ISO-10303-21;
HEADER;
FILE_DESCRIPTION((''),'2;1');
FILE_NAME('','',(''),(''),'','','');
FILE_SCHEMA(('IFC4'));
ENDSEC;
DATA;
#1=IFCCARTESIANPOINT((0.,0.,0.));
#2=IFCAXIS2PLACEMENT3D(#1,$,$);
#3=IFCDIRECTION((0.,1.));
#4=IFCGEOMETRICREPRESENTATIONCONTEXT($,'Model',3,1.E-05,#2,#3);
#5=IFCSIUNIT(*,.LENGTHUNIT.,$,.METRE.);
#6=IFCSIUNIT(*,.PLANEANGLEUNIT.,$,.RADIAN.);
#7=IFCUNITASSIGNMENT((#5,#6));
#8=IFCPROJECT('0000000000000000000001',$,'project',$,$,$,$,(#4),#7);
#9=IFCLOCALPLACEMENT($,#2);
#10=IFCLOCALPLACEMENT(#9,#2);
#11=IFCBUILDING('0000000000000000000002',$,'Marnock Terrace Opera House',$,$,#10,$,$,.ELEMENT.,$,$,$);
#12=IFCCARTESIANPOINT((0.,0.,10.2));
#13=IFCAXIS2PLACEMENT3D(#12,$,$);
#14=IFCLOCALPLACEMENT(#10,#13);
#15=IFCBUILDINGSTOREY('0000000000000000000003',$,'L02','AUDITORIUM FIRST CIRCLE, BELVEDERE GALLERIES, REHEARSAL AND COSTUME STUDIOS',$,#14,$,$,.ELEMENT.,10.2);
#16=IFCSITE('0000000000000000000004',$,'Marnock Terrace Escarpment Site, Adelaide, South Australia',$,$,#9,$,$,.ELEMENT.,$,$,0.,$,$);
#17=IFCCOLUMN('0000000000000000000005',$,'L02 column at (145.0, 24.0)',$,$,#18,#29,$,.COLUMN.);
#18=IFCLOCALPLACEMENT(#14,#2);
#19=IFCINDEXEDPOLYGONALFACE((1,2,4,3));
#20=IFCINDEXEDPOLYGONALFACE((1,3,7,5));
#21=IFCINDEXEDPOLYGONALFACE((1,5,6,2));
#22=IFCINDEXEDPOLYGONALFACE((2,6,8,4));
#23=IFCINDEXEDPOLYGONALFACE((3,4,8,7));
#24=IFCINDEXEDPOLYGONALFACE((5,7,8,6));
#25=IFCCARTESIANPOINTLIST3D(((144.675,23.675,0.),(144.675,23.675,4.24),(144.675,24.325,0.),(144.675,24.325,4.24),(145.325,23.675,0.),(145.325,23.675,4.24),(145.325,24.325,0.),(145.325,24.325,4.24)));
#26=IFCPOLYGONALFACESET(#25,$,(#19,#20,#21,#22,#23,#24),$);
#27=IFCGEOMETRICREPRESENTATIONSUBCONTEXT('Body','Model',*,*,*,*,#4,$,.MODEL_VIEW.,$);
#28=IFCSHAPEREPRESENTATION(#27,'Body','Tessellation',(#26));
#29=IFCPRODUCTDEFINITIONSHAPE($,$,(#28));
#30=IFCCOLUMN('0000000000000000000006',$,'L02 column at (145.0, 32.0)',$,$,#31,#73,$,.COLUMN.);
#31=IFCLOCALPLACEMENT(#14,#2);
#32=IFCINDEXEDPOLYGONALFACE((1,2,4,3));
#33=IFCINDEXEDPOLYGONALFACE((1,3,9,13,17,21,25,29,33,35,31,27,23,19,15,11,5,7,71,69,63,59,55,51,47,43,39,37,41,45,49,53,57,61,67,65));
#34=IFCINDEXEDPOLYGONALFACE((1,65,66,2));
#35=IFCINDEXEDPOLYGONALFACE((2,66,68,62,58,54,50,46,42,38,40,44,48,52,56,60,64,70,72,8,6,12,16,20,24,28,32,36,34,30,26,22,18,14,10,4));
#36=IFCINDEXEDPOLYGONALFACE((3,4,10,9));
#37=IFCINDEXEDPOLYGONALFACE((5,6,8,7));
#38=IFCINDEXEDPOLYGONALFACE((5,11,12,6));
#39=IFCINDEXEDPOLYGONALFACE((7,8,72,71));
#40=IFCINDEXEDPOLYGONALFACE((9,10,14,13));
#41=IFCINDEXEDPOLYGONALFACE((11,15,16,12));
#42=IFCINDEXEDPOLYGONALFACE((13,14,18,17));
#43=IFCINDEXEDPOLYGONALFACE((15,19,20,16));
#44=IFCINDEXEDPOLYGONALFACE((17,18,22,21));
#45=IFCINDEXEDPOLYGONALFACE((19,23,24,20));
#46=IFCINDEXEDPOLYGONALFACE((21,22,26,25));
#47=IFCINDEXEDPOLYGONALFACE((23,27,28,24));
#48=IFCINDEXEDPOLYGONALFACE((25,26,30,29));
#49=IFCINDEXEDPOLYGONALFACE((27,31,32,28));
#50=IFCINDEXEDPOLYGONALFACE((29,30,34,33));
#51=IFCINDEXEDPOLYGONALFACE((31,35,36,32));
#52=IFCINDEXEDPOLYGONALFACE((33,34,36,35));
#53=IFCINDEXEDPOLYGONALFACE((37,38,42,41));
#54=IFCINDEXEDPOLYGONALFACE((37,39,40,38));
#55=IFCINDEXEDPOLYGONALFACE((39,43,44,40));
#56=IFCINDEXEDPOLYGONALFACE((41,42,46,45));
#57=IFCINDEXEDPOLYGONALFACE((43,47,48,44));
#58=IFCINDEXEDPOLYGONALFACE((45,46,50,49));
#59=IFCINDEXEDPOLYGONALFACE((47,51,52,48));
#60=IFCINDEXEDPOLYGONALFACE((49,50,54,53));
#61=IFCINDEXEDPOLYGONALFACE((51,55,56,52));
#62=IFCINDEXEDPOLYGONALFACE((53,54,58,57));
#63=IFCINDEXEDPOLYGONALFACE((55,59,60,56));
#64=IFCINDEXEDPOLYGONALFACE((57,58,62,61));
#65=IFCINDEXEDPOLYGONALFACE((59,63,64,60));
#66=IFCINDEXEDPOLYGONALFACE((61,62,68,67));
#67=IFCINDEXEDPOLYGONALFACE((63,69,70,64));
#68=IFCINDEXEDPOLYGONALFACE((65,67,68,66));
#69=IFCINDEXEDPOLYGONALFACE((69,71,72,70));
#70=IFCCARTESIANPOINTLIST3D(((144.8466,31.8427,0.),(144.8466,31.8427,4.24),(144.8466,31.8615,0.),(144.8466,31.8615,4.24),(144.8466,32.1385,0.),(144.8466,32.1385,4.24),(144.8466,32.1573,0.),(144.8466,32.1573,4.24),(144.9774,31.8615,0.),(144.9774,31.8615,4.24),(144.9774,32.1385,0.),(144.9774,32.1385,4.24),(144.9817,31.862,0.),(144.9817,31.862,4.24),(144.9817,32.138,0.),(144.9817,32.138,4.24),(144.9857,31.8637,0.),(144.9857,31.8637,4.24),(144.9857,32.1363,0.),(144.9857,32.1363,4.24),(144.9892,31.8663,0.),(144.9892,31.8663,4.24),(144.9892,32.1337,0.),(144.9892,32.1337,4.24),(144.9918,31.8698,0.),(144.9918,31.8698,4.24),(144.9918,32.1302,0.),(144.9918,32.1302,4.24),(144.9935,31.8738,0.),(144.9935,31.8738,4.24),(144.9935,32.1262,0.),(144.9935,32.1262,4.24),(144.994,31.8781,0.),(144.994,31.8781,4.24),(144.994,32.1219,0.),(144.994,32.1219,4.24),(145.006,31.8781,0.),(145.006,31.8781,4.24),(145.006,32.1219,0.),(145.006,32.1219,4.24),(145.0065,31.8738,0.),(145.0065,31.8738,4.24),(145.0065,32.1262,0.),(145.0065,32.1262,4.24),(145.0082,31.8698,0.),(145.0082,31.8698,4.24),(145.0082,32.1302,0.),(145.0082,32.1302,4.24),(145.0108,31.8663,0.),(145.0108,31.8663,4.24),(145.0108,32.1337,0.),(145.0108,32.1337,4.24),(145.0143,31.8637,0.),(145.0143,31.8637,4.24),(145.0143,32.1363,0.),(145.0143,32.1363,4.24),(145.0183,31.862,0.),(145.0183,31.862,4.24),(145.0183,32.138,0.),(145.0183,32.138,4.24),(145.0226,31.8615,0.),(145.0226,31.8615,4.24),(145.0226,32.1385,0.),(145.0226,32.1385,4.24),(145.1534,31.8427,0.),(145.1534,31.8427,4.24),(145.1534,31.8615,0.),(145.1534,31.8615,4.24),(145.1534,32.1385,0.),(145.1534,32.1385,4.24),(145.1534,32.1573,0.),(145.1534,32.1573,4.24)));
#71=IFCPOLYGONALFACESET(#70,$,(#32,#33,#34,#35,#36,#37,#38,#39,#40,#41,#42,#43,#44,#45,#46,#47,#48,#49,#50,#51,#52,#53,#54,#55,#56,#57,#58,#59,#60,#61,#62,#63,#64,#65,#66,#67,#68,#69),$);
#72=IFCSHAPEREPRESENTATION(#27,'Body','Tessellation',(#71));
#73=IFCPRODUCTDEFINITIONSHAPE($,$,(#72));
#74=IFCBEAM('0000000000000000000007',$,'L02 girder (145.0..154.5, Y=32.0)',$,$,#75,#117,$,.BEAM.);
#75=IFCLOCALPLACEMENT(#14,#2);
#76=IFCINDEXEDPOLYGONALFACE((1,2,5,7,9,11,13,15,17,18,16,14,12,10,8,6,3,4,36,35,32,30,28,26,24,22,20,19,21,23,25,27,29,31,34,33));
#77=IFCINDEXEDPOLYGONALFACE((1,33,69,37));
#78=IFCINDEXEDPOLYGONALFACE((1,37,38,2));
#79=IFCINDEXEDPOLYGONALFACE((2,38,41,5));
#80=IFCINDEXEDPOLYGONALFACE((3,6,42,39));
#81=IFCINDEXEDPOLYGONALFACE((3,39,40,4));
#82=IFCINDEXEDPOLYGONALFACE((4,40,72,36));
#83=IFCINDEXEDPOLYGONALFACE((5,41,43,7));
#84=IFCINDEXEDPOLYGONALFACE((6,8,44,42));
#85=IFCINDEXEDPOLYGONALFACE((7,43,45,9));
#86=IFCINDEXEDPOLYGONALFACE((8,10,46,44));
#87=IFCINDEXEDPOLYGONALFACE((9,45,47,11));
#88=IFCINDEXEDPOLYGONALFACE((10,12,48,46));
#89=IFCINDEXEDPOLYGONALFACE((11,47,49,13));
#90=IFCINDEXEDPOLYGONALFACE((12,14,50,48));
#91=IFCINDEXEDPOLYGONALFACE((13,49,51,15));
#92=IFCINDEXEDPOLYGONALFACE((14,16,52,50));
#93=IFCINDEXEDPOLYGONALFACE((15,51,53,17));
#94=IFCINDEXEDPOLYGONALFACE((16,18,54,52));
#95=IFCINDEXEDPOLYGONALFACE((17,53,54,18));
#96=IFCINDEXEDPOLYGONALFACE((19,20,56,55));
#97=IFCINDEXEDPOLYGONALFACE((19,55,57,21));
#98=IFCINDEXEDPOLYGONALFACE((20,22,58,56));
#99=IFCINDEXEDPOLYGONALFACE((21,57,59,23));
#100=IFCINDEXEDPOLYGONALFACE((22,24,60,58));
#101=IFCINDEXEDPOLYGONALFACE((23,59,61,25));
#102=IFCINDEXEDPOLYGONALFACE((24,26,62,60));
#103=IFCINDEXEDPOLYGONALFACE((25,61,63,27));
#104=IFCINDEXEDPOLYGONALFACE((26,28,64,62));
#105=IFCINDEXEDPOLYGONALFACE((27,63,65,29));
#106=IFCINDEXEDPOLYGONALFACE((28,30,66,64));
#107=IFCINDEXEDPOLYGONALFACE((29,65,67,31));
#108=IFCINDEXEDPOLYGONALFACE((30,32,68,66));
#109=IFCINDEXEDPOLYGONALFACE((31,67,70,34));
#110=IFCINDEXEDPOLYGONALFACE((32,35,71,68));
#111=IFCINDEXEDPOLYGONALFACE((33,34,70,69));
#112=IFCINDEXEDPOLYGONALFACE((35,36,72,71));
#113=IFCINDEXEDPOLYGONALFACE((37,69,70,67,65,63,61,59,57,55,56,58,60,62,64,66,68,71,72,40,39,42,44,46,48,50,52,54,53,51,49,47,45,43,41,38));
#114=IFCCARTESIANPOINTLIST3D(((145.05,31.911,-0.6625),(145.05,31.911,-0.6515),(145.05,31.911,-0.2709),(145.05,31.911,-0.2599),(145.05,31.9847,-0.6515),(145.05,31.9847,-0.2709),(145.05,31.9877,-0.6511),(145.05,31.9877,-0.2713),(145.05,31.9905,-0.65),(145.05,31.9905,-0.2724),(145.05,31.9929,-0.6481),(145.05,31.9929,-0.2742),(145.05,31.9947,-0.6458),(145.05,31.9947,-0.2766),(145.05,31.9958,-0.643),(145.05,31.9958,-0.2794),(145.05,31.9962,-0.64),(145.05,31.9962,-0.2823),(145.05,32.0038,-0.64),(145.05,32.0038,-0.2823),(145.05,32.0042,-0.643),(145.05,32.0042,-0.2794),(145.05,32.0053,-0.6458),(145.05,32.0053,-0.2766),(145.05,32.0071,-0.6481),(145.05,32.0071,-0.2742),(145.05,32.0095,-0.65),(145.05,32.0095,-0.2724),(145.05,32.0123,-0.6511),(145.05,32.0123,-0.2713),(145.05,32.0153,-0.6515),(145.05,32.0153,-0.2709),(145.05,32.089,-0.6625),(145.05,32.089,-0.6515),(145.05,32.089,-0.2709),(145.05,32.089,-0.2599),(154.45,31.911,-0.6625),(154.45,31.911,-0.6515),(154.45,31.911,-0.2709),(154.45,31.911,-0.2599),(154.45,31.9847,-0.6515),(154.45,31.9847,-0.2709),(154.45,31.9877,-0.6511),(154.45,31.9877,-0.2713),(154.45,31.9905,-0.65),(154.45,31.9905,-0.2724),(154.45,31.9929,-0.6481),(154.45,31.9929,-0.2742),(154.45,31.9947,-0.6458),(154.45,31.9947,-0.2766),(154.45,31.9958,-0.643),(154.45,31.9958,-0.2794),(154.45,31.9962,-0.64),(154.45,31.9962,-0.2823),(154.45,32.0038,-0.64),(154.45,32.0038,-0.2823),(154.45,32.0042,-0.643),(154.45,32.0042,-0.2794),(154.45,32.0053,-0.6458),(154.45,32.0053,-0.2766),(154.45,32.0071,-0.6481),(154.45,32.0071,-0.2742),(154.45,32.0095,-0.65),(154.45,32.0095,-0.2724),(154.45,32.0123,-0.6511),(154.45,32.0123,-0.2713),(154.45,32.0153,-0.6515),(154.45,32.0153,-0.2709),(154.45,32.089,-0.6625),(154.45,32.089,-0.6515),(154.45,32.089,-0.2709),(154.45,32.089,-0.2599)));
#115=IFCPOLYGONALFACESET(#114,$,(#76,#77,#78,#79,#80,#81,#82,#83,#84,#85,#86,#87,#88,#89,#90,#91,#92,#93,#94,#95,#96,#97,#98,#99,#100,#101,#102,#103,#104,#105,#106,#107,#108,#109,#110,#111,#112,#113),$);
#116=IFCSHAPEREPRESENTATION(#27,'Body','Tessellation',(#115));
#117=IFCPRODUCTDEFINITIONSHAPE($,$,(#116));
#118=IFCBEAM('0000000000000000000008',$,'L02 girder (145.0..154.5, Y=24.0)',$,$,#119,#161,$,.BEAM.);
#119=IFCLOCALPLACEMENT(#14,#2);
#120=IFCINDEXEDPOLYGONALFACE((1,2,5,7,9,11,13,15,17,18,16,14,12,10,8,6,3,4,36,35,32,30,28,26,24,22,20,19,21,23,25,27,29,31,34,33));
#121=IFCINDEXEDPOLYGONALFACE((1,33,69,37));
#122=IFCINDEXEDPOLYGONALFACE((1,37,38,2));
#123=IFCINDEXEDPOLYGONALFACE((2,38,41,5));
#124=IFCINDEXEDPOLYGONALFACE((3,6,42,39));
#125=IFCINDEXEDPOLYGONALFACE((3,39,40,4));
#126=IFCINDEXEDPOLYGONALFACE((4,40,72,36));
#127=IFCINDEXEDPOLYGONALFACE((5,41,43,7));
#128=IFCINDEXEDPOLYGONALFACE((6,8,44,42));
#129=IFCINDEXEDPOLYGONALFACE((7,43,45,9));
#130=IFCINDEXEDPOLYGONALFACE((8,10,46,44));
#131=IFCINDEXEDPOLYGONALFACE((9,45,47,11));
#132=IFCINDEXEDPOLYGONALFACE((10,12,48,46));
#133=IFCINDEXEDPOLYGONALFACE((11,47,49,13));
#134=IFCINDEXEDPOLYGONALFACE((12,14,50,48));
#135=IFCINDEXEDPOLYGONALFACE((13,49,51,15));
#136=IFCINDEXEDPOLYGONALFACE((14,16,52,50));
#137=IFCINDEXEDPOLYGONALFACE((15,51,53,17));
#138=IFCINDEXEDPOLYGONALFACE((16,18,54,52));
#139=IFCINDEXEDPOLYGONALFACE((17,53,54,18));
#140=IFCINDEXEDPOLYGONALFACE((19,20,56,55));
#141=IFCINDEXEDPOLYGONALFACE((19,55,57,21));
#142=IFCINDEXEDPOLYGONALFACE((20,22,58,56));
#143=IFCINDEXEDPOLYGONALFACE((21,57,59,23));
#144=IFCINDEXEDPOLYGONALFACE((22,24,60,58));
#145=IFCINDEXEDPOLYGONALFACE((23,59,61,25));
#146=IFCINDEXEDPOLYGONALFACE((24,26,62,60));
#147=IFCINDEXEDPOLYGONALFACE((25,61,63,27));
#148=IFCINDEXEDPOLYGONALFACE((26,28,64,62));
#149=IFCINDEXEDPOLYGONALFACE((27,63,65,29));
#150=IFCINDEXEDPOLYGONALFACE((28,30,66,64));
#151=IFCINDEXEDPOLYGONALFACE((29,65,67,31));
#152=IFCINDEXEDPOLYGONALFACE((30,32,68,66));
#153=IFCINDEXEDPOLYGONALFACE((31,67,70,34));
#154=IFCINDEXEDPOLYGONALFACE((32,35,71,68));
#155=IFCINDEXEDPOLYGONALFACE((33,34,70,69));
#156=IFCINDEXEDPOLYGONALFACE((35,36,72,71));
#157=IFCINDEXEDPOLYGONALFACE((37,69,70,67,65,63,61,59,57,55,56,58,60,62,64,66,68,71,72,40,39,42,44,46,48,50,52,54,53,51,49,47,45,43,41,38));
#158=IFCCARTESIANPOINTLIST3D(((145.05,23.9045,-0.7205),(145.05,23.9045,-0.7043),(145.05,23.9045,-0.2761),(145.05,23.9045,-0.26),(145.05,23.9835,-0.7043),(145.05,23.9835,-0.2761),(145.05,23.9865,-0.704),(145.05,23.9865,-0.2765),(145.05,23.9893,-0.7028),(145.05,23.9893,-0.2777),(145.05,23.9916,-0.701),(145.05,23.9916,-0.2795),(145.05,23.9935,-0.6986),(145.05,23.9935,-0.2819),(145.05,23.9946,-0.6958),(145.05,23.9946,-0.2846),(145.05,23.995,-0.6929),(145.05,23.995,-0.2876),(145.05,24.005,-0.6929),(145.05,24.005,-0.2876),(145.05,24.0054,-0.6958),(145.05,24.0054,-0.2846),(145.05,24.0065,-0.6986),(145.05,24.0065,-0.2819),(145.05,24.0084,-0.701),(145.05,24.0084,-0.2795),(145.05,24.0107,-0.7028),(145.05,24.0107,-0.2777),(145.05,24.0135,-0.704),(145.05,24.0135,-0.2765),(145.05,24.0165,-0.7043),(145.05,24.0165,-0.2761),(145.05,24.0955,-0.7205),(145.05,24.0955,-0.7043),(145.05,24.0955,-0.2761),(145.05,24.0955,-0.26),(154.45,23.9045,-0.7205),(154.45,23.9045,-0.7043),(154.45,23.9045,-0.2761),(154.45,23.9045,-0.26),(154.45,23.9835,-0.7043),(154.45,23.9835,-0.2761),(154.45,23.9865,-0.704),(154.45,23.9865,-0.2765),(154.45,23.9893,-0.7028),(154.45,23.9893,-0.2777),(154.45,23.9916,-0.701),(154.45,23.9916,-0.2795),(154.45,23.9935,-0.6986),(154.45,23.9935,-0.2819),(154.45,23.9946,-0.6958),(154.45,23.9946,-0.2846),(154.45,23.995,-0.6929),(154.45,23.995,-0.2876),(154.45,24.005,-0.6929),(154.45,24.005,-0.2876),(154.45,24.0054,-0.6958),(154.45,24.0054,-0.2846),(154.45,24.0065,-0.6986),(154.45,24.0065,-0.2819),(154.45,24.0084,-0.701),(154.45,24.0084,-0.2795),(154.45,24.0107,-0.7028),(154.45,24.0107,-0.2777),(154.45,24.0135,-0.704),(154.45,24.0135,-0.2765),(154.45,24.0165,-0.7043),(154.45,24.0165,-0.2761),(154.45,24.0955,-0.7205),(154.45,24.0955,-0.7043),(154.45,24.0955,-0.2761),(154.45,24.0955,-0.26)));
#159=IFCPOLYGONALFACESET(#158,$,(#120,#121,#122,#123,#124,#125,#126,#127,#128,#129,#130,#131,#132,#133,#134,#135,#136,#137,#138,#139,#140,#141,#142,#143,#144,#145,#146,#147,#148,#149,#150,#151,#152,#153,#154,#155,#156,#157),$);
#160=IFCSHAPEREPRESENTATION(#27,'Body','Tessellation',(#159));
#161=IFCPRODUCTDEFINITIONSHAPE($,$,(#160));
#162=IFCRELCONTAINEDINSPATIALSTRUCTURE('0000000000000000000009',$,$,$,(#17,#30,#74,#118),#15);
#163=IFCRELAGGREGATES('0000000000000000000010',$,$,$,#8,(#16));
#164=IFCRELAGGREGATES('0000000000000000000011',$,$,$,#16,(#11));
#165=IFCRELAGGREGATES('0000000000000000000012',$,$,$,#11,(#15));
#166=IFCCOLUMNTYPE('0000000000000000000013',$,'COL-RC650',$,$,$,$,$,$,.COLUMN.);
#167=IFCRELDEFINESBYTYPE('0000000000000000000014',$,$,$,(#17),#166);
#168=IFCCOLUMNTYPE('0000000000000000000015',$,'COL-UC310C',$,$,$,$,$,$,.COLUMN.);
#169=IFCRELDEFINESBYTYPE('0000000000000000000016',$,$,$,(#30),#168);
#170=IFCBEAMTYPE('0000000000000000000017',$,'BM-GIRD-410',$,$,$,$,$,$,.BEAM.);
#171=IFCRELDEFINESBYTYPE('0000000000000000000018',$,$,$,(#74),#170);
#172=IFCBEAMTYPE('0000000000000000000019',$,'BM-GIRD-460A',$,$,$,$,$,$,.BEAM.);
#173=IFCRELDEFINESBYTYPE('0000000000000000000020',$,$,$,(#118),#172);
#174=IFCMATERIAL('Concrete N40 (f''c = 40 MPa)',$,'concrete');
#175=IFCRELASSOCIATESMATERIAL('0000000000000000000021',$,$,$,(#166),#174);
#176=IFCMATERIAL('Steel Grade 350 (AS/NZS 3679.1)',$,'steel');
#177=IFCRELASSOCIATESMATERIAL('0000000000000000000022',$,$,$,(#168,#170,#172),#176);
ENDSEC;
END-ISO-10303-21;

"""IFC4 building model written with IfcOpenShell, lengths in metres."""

from ifc_helpers import new_model, si_unit, direction, frame, origin, origin_2d, place, context, subcontext, project, spatial, rectangle, i_section, extrude, material, material_profile, profile_set, type_object, element, save


model = new_model("IFC4")

# Units and contexts
model_context = context("Model", 3, precision=1e-05, world=origin(), true_north=direction((0.0, 1.0)))
body_context = subcontext(model_context, "Body", "Model", "MODEL_VIEW")
ifc_project = project(units=[si_unit("LENGTHUNIT", "METRE"), si_unit("PLANEANGLEUNIT", "RADIAN")], contexts=[model_context])

# Site, building, storey
site_placement = place(None, origin())
site = spatial("IfcSite", under=ifc_project, at=site_placement, Name="Marnock Terrace Escarpment Site, Adelaide, South Australia", CompositionType="ELEMENT", RefElevation=0.0)
building_placement = place(site_placement, origin())
building = spatial("IfcBuilding", under=site, at=building_placement, Name="Marnock Terrace Opera House", CompositionType="ELEMENT")
storey_placement = place(building_placement, frame((0.0, 0.0, 10.2)))
storey = spatial("IfcBuildingStorey", under=building, at=storey_placement, Name="L02", Description="AUDITORIUM FIRST CIRCLE, BELVEDERE GALLERIES, REHEARSAL AND COSTUME STUDIOS", CompositionType="ELEMENT", Elevation=10.2)

# Columns
ifc_material_1 = material(Name="Concrete N40 (f'c = 40 MPa)", Category="concrete")
ifc_material_profile_1 = material_profile(ifc_material_1, rectangle(XDim=0.6499, YDim=0.6499, at=origin_2d()))
ifc_profile_set_1 = profile_set([ifc_material_profile_1], Name="Concrete N40 (f'c = 40 MPa)")
column_type_1 = type_object("IfcColumnType", Name="COL-RC650", PredefinedType="COLUMN", material=ifc_profile_set_1)
column_1_placement = place(storey_placement, frame((145.0, 24.0, 0.0), z_axis=(0.0, 0.0, 1.0), x_axis=(1.0, 0.0, 0.0)))
element("IfcColumn", 1, at=column_1_placement, inside=storey, type_object=column_type_1, Name="L02 column at (145.0, 24.0)", PredefinedType="COLUMN", context=body_context, shape_type="SweptSolid", body=[
    extrude(rectangle(XDim=0.6499, YDim=0.6499, at=origin_2d()), origin(), (0.0, 0.0, 1.0), 4.24),
])
ifc_material_2 = material(Name="Steel Grade 350 (AS/NZS 3679.1)", Category="steel")
ifc_material_profile_2 = material_profile(ifc_material_2, i_section(OverallWidth=0.3069, OverallDepth=0.3147, WebThickness=0.012, FlangeThickness=0.0188, FilletRadius=0.0166, at=origin_2d()))
ifc_profile_set_2 = profile_set([ifc_material_profile_2], Name="Steel Grade 350 (AS/NZS 3679.1)")
column_type_2 = type_object("IfcColumnType", Name="COL-UC310C", PredefinedType="COLUMN", material=ifc_profile_set_2)
column_2_placement = place(storey_placement, frame((145.0, 32.0, 0.0), z_axis=(0.0, 0.0, 1.0), x_axis=(1.0, 0.0, 0.0)))
element("IfcColumn", 2, at=column_2_placement, inside=storey, type_object=column_type_2, Name="L02 column at (145.0, 32.0)", PredefinedType="COLUMN", context=body_context, shape_type="SweptSolid", body=[
    extrude(i_section(OverallWidth=0.3069, OverallDepth=0.3147, WebThickness=0.012, FlangeThickness=0.0188, FilletRadius=0.0166, at=origin_2d()), origin(), (0.0, 0.0, 1.0), 4.24),
])

# Beams
ifc_material_profile_3 = material_profile(ifc_material_2, i_section(OverallWidth=0.178, OverallDepth=0.4026, WebThickness=0.0076, FlangeThickness=0.011, FilletRadius=0.0115, at=origin_2d()))
ifc_profile_set_3 = profile_set([ifc_material_profile_3], Name="Steel Grade 350 (AS/NZS 3679.1)")
beam_type_1 = type_object("IfcBeamType", Name="BM-GIRD-410", PredefinedType="BEAM", material=ifc_profile_set_3)
beam_1_placement = place(storey_placement, frame((145.05, 32.0, -0.4612), z_axis=(1.0, 0.0, 0.0), x_axis=(0.0, 1.0, 0.0)))
element("IfcBeam", 3, at=beam_1_placement, inside=storey, type_object=beam_type_1, Name="L02 girder (145.0..154.5, Y=32.0)", PredefinedType="BEAM", context=body_context, shape_type="SweptSolid", body=[
    extrude(i_section(OverallWidth=0.178, OverallDepth=0.4026, WebThickness=0.0076, FlangeThickness=0.011, FilletRadius=0.0115, at=origin_2d()), origin(), (0.0, 0.0, 1.0), 9.3999),
])
ifc_material_profile_4 = material_profile(ifc_material_2, i_section(OverallWidth=0.1909, OverallDepth=0.4604, WebThickness=0.01, FlangeThickness=0.0161, FilletRadius=0.0115, at=origin_2d()))
ifc_profile_set_4 = profile_set([ifc_material_profile_4], Name="Steel Grade 350 (AS/NZS 3679.1)")
beam_type_2 = type_object("IfcBeamType", Name="BM-GIRD-460A", PredefinedType="BEAM", material=ifc_profile_set_4)
beam_2_placement = place(storey_placement, frame((145.05, 24.0, -0.4902), z_axis=(1.0, 0.0, 0.0), x_axis=(0.0, 1.0, 0.0)))
element("IfcBeam", 4, at=beam_2_placement, inside=storey, type_object=beam_type_2, Name="L02 girder (145.0..154.5, Y=24.0)", PredefinedType="BEAM", context=body_context, shape_type="SweptSolid", body=[
    extrude(i_section(OverallWidth=0.1909, OverallDepth=0.4604, WebThickness=0.01, FlangeThickness=0.0161, FilletRadius=0.0115, at=origin_2d()), origin(), (0.0, 0.0, 1.0), 9.3999),
])

save(model, "model.ifc")
